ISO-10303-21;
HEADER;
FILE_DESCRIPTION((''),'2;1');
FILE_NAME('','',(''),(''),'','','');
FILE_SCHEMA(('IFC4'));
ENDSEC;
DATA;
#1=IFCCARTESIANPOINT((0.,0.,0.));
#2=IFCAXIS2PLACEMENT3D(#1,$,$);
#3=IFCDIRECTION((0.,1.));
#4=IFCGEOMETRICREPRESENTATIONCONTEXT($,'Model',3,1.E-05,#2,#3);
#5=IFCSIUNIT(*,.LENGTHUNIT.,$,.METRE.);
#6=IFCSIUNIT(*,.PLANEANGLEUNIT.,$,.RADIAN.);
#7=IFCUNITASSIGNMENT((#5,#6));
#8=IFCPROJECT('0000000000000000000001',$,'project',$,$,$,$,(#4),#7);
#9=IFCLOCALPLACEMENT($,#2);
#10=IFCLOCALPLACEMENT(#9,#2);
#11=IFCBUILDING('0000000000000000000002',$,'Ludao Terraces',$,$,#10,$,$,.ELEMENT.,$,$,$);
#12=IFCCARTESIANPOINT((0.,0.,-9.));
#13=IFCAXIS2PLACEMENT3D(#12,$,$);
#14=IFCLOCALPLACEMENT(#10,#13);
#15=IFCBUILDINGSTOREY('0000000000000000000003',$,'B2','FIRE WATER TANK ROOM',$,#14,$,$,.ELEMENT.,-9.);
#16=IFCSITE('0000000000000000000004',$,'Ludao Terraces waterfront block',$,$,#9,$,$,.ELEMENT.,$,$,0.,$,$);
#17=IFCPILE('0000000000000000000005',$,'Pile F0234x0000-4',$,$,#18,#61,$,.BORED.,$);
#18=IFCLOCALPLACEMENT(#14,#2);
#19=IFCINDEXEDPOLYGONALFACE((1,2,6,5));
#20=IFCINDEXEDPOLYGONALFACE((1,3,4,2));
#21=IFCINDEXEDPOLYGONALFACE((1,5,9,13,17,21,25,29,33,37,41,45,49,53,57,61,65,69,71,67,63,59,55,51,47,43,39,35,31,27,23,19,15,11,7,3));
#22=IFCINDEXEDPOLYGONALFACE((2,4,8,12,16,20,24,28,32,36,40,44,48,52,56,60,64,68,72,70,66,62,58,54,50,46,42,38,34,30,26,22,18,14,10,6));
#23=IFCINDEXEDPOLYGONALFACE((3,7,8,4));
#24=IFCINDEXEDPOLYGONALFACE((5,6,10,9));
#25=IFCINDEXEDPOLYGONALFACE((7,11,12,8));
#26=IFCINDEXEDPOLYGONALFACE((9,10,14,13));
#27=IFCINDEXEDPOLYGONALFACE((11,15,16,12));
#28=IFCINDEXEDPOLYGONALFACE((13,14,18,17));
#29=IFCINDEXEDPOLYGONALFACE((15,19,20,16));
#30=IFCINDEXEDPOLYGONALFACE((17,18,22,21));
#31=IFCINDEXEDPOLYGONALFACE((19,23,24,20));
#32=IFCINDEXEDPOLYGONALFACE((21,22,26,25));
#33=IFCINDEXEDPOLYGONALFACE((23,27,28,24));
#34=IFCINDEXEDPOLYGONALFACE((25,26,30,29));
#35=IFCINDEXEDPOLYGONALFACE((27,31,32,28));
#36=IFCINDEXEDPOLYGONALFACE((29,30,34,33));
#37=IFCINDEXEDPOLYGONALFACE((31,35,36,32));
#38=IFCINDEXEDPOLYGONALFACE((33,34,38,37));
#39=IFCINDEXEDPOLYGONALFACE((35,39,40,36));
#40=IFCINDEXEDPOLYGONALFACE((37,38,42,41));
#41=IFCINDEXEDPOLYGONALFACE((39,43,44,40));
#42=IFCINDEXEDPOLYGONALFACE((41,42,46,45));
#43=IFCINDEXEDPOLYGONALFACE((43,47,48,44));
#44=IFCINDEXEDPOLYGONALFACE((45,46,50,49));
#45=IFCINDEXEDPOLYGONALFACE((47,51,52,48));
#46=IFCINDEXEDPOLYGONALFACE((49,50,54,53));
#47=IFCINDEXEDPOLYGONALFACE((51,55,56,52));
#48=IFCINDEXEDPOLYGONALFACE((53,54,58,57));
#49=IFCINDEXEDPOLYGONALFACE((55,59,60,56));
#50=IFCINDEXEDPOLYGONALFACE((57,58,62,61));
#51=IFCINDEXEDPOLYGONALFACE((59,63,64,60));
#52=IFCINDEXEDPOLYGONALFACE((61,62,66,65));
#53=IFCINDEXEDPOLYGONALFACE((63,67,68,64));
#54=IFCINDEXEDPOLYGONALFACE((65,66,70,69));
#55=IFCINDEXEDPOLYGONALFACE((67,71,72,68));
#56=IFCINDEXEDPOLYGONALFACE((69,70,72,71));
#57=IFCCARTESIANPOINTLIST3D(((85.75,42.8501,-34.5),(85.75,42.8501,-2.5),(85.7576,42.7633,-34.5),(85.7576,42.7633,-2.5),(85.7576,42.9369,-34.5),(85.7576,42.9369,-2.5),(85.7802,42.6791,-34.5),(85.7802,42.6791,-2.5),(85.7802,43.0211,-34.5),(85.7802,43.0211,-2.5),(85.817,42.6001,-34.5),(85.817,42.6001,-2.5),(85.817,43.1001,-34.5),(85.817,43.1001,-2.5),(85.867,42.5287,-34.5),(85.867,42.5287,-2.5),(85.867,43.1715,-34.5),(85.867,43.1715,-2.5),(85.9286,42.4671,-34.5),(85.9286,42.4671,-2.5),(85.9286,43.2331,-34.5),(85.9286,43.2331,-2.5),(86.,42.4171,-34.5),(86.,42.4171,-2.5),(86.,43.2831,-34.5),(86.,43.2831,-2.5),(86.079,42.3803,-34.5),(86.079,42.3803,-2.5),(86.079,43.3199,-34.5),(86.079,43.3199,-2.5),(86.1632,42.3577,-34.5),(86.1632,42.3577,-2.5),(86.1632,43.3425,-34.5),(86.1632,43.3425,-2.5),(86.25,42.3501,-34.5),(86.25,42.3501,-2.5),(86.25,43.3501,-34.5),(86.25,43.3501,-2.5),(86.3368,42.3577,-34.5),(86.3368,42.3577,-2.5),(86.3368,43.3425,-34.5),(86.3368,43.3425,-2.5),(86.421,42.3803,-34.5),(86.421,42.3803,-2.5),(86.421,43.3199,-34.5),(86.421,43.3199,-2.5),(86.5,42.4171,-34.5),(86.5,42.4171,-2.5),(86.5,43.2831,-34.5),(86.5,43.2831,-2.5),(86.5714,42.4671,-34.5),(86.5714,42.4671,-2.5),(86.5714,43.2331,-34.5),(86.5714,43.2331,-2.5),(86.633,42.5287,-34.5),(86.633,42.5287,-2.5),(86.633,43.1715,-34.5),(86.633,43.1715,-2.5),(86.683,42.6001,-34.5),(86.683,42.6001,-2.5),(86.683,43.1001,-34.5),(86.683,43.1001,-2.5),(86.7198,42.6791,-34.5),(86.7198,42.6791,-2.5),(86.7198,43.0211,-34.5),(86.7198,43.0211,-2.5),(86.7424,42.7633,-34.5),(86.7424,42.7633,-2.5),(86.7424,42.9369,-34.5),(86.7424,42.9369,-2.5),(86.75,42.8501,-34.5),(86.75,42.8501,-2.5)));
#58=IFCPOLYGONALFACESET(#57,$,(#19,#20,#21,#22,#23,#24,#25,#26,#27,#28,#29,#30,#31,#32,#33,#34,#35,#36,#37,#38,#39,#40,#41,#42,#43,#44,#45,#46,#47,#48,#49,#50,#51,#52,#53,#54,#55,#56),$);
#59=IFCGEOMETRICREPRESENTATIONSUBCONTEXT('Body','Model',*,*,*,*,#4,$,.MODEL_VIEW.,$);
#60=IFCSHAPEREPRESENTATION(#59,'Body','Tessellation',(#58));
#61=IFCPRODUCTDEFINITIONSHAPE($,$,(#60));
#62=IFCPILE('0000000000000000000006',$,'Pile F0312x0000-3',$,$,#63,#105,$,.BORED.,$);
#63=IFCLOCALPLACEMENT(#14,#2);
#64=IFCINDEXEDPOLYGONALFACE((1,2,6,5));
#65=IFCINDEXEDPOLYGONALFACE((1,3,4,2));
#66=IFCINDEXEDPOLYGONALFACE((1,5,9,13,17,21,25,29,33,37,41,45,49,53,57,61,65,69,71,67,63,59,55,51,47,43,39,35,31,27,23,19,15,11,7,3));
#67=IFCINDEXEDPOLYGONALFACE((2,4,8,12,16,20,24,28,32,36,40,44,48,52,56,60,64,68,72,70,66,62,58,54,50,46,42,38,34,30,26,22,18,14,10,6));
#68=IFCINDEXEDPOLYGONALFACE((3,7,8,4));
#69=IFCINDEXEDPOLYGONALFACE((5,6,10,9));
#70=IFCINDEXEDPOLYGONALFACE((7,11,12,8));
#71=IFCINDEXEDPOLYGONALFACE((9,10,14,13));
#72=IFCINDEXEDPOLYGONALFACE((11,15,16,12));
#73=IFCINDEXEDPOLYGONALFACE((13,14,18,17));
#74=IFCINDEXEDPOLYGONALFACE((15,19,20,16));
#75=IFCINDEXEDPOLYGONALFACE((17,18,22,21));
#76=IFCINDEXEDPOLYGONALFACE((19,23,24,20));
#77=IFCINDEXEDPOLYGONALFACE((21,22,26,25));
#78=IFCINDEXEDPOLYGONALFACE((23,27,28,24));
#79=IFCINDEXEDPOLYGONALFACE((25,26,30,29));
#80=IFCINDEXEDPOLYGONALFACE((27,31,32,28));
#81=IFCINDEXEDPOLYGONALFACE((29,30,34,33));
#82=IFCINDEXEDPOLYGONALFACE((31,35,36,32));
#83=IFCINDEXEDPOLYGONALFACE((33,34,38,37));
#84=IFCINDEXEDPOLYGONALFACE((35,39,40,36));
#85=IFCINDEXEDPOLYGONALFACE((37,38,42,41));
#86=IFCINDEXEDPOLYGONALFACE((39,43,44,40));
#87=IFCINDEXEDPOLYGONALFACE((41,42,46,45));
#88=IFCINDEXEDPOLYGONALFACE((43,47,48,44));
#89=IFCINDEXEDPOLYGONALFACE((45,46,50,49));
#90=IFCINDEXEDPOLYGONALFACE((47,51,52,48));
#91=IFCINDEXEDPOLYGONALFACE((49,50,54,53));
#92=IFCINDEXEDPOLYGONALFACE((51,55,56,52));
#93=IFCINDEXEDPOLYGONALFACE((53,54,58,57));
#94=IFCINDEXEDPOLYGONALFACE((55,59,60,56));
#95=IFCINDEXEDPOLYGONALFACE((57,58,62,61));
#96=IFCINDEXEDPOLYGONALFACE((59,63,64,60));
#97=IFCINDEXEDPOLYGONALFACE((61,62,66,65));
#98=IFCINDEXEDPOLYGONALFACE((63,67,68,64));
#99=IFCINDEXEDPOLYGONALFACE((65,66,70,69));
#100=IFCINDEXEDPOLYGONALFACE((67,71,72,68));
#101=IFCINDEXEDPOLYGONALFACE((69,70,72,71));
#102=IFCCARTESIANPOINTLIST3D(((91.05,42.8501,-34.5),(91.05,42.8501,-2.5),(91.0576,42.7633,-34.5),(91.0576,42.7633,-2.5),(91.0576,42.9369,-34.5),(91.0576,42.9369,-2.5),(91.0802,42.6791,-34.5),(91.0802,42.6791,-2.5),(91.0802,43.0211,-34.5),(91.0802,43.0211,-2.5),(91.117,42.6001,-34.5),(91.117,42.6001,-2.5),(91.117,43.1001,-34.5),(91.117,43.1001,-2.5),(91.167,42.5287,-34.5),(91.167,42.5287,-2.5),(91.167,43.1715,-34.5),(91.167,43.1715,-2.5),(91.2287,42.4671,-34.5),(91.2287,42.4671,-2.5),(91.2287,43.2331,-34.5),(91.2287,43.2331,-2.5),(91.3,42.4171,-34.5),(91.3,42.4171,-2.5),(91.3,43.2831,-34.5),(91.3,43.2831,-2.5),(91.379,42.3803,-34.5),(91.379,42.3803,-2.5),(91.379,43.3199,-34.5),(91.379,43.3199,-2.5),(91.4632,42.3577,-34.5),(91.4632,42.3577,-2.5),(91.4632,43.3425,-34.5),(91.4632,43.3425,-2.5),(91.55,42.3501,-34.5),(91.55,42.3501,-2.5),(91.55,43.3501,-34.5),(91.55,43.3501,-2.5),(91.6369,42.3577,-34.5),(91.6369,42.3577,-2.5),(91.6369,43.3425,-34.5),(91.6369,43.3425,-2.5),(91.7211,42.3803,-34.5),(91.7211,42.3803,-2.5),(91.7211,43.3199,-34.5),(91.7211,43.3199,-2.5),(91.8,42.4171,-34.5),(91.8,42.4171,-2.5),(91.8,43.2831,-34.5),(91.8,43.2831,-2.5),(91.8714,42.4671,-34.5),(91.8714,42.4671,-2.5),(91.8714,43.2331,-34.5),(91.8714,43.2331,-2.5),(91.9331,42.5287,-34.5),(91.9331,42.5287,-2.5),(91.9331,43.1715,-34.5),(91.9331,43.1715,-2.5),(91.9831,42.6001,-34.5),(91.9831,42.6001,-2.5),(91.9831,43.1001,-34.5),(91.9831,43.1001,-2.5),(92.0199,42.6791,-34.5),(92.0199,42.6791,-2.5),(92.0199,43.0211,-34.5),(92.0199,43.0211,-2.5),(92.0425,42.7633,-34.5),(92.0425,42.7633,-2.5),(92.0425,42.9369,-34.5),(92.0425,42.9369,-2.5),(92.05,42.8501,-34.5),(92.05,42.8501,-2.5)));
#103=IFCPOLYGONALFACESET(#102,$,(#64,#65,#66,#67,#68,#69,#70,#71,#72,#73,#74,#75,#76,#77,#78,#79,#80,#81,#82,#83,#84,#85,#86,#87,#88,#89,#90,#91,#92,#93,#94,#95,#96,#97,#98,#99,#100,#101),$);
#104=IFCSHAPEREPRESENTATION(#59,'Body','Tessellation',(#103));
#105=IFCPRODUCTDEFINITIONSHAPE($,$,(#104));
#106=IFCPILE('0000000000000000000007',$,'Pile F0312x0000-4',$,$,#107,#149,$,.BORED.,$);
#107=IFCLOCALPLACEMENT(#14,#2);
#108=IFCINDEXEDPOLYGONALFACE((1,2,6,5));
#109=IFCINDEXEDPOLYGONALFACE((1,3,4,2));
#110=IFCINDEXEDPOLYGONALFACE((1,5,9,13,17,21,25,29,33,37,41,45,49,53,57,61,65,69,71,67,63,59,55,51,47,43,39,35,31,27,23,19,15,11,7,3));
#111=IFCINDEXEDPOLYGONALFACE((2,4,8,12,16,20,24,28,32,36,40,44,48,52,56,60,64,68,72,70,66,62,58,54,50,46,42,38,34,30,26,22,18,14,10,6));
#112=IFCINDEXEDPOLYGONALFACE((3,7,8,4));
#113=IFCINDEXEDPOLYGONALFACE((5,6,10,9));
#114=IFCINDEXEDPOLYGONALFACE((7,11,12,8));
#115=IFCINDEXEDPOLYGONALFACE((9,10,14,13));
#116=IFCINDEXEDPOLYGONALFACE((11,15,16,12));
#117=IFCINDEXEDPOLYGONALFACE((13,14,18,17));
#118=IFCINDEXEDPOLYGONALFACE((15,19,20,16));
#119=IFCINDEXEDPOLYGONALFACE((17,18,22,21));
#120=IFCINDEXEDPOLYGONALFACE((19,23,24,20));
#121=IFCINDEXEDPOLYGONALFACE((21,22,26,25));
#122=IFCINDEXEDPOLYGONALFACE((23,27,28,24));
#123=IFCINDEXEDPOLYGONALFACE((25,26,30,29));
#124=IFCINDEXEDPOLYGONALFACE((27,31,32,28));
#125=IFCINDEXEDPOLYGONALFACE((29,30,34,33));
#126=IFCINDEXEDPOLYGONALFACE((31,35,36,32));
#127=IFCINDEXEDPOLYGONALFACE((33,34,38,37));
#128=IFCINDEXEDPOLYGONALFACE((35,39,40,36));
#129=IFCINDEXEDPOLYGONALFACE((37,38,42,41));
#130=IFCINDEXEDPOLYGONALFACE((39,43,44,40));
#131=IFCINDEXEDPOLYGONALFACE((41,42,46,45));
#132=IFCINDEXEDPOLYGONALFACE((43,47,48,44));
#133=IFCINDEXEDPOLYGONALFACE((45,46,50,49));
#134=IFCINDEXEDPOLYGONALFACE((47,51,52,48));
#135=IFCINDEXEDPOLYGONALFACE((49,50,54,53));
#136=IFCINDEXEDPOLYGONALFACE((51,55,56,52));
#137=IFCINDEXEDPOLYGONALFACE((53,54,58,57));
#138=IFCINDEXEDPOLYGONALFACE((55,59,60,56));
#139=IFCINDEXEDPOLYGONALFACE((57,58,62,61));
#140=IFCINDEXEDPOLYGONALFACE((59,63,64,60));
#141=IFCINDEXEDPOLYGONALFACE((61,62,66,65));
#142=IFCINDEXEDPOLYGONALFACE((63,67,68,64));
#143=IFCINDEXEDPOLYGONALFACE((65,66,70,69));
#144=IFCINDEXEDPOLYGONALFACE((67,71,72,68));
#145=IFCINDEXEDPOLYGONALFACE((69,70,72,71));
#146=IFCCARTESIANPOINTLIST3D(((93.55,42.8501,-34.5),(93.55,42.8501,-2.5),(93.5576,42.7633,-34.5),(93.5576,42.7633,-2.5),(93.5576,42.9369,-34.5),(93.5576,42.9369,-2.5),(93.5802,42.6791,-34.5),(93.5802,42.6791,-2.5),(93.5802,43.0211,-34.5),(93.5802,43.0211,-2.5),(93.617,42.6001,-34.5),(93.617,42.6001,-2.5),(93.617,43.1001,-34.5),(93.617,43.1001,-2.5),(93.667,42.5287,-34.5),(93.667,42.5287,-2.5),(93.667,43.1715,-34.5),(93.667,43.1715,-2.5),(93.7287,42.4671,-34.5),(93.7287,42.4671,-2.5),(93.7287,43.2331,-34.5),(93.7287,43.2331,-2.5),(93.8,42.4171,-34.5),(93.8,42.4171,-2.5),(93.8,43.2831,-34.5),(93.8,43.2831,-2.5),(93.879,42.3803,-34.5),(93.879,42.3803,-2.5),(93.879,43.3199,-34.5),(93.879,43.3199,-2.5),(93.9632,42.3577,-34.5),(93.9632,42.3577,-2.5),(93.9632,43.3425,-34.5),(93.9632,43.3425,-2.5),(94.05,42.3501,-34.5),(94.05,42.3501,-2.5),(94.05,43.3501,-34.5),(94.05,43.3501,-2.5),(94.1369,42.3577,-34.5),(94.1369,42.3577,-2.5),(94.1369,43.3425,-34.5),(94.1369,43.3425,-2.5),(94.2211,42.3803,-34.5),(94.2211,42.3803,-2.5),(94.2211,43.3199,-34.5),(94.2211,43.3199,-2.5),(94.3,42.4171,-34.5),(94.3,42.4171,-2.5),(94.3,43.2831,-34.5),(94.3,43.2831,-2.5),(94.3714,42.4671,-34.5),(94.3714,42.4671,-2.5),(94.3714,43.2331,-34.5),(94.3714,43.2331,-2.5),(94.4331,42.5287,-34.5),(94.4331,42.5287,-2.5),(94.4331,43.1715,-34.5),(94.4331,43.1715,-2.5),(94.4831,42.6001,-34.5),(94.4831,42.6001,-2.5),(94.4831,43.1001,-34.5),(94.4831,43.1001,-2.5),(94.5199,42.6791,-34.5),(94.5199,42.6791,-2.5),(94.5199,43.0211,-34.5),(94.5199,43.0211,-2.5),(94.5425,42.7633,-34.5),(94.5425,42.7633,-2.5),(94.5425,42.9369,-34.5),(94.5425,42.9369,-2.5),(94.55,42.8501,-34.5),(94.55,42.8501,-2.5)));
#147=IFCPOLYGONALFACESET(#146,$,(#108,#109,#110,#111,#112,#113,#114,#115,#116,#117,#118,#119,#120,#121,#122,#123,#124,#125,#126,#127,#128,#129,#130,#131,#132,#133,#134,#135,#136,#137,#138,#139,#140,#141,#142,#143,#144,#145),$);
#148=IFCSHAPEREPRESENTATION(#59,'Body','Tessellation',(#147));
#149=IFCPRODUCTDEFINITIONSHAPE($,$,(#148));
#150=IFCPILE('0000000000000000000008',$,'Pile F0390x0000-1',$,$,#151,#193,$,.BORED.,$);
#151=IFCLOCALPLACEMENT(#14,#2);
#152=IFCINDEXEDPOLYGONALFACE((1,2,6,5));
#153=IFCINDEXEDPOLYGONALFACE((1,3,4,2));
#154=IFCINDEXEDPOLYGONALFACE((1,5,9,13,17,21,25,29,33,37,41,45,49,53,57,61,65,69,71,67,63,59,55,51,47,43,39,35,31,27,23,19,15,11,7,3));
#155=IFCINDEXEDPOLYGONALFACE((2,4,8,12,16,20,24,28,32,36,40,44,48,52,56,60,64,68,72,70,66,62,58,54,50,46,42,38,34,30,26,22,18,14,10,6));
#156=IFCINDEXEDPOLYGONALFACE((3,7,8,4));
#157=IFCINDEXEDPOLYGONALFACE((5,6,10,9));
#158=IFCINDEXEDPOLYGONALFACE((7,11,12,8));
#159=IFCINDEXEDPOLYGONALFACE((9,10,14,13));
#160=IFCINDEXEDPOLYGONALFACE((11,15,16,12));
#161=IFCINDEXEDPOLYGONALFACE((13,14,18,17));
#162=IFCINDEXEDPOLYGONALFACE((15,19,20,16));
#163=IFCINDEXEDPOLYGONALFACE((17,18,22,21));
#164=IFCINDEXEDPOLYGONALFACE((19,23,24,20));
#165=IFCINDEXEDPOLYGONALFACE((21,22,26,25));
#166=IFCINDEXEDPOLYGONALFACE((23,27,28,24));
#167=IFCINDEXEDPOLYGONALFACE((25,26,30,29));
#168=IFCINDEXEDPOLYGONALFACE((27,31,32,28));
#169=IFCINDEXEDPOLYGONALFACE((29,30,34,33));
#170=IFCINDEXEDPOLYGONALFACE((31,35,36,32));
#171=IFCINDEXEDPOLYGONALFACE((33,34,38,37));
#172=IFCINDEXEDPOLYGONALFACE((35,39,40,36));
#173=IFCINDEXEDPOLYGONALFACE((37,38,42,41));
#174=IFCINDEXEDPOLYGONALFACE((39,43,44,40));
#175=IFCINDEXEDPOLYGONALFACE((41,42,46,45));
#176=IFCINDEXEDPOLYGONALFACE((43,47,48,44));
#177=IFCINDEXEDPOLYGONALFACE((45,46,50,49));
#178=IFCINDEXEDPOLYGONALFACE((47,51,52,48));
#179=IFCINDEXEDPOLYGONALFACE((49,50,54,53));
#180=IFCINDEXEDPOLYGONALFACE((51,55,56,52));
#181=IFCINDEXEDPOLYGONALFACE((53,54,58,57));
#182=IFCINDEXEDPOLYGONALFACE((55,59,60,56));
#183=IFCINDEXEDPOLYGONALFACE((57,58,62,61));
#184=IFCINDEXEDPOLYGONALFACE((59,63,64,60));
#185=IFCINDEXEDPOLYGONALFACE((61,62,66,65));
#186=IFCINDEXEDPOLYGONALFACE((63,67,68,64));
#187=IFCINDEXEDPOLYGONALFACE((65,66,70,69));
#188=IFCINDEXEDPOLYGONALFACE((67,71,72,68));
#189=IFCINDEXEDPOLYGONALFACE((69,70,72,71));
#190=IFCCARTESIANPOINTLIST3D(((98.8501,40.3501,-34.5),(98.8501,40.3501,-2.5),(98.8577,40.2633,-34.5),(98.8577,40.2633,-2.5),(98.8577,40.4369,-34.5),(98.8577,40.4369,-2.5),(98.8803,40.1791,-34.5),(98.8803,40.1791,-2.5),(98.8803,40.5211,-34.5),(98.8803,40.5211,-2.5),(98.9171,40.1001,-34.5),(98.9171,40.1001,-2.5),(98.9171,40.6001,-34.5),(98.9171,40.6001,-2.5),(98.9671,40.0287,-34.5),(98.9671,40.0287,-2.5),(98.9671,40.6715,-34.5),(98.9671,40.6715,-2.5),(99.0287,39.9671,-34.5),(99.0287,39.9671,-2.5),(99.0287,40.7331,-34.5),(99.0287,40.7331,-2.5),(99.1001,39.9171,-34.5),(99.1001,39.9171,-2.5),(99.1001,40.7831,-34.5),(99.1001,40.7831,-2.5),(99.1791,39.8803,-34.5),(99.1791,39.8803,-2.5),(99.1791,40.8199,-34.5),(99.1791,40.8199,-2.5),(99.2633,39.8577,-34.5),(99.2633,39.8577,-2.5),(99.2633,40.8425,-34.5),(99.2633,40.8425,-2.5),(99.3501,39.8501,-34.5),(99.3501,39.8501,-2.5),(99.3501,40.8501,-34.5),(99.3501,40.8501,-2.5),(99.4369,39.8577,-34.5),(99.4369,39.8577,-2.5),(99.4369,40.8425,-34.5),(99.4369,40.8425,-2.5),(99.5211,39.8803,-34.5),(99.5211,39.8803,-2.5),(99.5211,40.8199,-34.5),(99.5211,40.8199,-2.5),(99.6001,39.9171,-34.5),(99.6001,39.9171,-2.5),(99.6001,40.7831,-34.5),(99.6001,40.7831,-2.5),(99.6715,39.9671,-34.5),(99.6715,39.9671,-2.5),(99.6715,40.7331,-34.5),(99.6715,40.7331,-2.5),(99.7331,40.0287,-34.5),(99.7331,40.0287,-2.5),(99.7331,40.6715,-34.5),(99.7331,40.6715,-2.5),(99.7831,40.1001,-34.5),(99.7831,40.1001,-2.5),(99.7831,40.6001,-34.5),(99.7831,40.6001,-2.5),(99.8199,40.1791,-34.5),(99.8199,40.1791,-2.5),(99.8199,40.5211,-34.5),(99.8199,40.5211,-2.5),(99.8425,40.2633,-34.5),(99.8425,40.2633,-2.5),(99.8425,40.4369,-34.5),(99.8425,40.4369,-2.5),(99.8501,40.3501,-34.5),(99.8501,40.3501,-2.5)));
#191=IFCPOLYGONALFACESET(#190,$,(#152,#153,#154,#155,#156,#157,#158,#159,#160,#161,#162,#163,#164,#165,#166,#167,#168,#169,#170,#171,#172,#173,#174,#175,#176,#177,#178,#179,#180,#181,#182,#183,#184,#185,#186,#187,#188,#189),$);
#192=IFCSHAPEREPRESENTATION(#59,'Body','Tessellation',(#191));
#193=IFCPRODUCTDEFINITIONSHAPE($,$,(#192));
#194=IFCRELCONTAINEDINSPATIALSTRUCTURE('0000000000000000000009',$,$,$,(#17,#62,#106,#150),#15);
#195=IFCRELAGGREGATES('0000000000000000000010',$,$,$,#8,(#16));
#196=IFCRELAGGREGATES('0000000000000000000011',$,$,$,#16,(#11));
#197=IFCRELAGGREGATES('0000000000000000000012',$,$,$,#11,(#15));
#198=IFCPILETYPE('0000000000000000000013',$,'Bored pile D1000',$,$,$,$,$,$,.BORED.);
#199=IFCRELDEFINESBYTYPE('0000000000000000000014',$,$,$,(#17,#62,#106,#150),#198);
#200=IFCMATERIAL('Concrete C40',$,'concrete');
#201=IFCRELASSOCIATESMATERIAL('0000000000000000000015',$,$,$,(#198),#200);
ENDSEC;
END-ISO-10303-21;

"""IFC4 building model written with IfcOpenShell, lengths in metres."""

from ifc_helpers import new_model, si_unit, direction, frame, origin, origin_2d, place, context, subcontext, project, spatial, circle, extrude, material, material_profile, profile_set, type_object, element, save


model = new_model("IFC4")

# Units and contexts
model_context = context("Model", 3, precision=1e-05, world=origin(), true_north=direction((0.0, 1.0)))
body_context = subcontext(model_context, "Body", "Model", "MODEL_VIEW")
ifc_project = project(units=[si_unit("LENGTHUNIT", "METRE"), si_unit("PLANEANGLEUNIT", "RADIAN")], contexts=[model_context])

# Site, building, storey
site_placement = place(None, origin())
site = spatial("IfcSite", under=ifc_project, at=site_placement, Name="Ludao Terraces waterfront block", CompositionType="ELEMENT", RefElevation=0.0)
building_placement = place(site_placement, origin())
building = spatial("IfcBuilding", under=site, at=building_placement, Name="Ludao Terraces", CompositionType="ELEMENT")
storey_placement = place(building_placement, frame((0.0, 0.0, -9.0)))
storey = spatial("IfcBuildingStorey", under=building, at=storey_placement, Name="B2", Description="FIRE WATER TANK ROOM", CompositionType="ELEMENT", Elevation=-9.0)

# Piles
ifc_material_1 = material(Name="Concrete C40", Category="concrete")
ifc_material_profile_1 = material_profile(ifc_material_1, circle(Radius=0.5, at=origin_2d()), Name="D1000 BORED PILE")
ifc_profile_set_1 = profile_set([ifc_material_profile_1], Name="Concrete C40")
pile_type = type_object("IfcPileType", Name="Bored pile D1000", PredefinedType="BORED", material=ifc_profile_set_1)
for number, where, z_axis, x_axis, name in (
    (1, (86.25, 42.8501, -2.5), (0.0, 0.0, -1.0), (1.0, 0.0, 0.0), "Pile F0234x0000-4"),
    (2, (91.55, 42.8501, -2.5), (0.0, 0.0, -1.0), (1.0, 0.0, 0.0), "Pile F0312x0000-3"),
    (3, (94.05, 42.8501, -2.5), (0.0, 0.0, -1.0), (1.0, 0.0, 0.0), "Pile F0312x0000-4"),
    (4, (99.3501, 40.3501, -2.5), (0.0, 0.0, -1.0), (1.0, 0.0, 0.0), "Pile F0390x0000-1"),
):
    element("IfcPile", number, at=place(storey_placement, frame(where, z_axis=z_axis, x_axis=x_axis)), inside=storey, type_object=pile_type, Name=name, PredefinedType="BORED", context=body_context, shape_type="SweptSolid", body=[
        extrude(circle(Radius=0.5, at=origin_2d()), origin(), (0.0, 0.0, 1.0), 32.0),
    ])

save(model, "model.ifc")
